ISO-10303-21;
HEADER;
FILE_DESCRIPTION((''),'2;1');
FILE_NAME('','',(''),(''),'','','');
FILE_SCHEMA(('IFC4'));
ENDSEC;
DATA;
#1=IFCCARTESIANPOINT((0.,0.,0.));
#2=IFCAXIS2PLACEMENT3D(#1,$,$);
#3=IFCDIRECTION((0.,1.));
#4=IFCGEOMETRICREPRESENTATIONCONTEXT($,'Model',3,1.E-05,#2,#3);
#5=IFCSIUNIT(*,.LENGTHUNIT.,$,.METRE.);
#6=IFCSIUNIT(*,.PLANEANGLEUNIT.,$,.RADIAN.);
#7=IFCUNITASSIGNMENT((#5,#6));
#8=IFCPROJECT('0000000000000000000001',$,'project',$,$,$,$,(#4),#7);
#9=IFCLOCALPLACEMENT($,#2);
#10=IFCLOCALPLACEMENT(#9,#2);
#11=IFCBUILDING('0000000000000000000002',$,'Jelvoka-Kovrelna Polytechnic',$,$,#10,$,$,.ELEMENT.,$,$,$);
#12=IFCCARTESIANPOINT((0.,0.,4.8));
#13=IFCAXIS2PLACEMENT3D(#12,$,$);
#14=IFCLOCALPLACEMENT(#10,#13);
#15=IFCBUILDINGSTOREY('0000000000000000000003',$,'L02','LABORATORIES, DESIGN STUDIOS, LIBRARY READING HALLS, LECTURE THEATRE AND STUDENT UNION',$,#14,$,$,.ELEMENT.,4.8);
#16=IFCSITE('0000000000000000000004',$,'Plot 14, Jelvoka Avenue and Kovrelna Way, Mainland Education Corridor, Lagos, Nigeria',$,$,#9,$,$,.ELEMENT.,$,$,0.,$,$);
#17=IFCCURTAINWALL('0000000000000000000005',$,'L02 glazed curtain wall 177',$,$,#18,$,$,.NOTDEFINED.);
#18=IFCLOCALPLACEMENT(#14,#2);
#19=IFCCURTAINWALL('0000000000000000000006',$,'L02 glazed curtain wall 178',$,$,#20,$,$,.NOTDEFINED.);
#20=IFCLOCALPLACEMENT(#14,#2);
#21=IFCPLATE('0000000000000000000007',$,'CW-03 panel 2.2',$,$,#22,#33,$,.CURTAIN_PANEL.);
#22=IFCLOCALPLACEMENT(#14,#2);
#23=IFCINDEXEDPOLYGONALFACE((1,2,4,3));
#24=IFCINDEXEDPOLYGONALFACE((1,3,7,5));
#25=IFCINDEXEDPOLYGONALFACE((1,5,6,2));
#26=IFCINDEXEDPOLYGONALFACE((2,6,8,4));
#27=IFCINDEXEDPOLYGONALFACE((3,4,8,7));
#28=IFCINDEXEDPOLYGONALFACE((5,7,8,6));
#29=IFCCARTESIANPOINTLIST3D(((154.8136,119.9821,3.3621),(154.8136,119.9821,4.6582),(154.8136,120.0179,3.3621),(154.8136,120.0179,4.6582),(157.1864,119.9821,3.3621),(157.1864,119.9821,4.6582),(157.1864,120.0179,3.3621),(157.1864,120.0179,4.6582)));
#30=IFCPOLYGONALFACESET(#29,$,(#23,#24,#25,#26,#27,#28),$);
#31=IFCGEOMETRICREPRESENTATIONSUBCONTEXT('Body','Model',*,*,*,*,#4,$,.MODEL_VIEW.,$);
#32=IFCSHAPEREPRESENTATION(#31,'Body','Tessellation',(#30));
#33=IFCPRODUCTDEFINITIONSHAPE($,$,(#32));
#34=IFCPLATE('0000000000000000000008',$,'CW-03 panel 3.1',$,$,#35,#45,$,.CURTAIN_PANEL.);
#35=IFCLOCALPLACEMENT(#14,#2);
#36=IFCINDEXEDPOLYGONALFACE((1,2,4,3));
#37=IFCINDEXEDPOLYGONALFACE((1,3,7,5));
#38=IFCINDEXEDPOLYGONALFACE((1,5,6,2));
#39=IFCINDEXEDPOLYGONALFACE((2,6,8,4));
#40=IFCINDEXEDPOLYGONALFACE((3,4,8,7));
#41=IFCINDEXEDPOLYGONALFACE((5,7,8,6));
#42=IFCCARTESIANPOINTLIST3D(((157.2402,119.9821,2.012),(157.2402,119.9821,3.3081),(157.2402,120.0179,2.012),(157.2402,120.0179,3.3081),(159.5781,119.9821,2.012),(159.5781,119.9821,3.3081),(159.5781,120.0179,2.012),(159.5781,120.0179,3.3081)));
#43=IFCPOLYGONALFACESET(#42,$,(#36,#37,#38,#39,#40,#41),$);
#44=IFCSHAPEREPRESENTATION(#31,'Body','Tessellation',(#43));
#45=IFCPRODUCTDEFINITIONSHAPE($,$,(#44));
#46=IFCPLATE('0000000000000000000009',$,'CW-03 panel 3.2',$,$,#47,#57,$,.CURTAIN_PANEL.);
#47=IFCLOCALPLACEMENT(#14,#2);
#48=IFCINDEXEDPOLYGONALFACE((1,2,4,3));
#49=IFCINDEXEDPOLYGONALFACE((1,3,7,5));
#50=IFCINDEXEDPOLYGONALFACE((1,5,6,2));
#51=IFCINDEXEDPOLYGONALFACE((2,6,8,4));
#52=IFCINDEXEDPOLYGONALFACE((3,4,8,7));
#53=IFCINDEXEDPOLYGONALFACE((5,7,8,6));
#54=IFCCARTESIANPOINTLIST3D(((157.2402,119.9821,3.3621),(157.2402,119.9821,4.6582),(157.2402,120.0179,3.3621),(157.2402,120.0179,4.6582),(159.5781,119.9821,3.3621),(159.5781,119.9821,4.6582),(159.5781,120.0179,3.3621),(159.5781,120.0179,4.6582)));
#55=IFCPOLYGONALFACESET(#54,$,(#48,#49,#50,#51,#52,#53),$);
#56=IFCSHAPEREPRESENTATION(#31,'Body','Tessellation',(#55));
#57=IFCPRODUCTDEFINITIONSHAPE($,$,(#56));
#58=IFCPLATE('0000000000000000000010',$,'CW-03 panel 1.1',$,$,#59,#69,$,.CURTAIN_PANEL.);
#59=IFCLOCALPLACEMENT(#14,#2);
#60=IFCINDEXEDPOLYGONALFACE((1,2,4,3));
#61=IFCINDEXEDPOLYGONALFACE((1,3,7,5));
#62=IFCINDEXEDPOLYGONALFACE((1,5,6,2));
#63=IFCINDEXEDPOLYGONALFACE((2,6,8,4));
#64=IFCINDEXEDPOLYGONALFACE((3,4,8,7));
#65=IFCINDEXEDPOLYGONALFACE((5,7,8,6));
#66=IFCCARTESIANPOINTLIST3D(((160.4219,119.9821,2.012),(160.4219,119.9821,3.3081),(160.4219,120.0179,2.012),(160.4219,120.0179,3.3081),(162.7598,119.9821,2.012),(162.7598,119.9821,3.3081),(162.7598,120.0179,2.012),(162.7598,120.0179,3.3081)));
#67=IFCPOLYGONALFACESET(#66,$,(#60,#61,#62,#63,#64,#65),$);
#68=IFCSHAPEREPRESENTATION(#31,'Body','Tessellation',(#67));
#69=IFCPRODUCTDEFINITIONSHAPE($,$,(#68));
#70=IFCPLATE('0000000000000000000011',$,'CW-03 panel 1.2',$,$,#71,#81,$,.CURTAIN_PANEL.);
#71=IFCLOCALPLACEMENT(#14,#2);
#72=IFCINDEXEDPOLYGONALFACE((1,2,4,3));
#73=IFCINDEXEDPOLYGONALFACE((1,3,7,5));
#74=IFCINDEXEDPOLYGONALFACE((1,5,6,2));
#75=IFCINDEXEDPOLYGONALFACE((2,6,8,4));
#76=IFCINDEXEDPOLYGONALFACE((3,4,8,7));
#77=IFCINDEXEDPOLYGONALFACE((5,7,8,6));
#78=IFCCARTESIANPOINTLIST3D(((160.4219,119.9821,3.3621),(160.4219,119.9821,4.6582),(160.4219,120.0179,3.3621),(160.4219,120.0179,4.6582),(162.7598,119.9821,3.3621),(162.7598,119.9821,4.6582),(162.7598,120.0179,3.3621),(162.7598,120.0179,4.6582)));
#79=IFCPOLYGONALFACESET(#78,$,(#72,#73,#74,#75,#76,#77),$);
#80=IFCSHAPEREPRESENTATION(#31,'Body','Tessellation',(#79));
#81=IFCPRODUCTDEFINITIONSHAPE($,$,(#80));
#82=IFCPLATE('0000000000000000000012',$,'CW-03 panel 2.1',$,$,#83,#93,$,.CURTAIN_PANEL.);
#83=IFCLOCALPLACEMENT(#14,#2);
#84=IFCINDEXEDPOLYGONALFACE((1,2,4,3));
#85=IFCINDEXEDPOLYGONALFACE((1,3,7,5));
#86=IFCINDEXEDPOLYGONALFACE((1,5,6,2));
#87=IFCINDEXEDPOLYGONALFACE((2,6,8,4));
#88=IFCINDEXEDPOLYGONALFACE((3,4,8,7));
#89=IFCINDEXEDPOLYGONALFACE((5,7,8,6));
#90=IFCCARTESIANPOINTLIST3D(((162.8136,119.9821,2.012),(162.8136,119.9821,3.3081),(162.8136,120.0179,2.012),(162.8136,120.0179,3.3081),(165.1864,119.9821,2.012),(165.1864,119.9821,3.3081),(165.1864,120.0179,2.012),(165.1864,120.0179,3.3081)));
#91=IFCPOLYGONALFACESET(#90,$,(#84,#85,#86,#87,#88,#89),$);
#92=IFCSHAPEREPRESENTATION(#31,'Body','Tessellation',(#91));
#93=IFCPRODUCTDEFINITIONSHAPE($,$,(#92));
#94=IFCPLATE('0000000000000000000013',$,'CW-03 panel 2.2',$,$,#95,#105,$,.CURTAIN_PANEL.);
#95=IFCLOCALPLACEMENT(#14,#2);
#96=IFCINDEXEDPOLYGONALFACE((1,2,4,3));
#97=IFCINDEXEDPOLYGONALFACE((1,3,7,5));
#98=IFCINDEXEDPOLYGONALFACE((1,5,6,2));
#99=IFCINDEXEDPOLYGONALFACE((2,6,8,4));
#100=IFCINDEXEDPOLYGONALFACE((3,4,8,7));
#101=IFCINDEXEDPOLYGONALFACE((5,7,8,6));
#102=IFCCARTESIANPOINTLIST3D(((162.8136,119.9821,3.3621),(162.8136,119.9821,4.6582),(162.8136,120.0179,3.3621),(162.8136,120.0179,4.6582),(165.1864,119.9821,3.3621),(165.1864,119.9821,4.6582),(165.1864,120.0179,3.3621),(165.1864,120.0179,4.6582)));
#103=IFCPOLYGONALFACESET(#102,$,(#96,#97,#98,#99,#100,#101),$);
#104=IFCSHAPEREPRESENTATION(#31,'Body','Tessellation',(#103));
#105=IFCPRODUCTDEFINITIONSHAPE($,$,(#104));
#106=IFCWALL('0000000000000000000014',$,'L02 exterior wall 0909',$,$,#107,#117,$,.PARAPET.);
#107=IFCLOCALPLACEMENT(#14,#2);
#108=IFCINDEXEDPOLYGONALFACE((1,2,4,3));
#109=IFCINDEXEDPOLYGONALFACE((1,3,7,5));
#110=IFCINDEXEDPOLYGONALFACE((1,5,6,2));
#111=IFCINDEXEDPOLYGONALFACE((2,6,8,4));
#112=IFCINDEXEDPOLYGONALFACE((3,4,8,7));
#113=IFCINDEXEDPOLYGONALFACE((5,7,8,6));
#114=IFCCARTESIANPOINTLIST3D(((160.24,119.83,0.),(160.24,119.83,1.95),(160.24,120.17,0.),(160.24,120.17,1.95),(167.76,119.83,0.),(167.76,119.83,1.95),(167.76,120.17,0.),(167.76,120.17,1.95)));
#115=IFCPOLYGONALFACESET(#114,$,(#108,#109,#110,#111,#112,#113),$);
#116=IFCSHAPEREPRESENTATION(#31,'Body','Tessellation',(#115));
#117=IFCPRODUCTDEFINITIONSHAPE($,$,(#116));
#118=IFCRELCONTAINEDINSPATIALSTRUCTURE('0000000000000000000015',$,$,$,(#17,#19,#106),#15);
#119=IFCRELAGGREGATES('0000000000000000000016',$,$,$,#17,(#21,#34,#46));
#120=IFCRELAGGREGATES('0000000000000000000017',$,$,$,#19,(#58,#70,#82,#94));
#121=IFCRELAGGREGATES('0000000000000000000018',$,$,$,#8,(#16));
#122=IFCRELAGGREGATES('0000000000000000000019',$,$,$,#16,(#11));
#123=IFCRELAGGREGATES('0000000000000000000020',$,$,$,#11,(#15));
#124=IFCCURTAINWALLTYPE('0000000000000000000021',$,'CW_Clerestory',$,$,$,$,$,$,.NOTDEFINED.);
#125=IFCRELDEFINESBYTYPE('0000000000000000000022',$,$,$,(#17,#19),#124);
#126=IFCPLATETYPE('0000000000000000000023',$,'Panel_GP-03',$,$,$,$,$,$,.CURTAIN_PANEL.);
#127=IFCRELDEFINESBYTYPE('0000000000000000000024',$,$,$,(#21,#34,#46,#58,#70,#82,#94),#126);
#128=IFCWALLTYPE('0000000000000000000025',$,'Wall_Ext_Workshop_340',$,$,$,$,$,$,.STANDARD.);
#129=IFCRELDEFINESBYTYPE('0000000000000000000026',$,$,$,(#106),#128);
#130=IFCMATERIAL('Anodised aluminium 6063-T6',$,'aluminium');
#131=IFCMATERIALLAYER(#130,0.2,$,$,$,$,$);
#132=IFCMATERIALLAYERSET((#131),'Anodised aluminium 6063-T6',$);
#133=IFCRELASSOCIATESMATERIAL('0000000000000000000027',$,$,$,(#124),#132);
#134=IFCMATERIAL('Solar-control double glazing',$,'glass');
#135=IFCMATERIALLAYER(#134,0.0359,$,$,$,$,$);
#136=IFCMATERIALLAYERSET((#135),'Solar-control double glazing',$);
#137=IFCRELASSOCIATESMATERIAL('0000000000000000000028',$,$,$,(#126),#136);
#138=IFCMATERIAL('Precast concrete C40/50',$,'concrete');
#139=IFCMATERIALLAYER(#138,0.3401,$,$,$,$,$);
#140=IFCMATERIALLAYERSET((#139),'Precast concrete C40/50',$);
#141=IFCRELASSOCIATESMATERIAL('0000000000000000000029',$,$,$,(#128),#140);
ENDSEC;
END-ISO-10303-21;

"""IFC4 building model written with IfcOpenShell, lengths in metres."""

from ifc_helpers import new_model, si_unit, direction, frame, frame_2d, origin, origin_2d, place, context, subcontext, project, spatial, rectangle, extrude, material, layer, layer_set, type_object, element, aggregate, save


model = new_model("IFC4")

# Units and contexts
model_context = context("Model", 3, precision=1e-05, world=origin(), true_north=direction((0.0, 1.0)))
body_context = subcontext(model_context, "Body", "Model", "MODEL_VIEW")
ifc_project = project(units=[si_unit("LENGTHUNIT", "METRE"), si_unit("PLANEANGLEUNIT", "RADIAN")], contexts=[model_context])

# Site, building, storey
site_placement = place(None, origin())
site = spatial("IfcSite", under=ifc_project, at=site_placement, Name="Plot 14, Jelvoka Avenue and Kovrelna Way, Mainland Education Corridor, Lagos, Nigeria", CompositionType="ELEMENT", RefElevation=0.0)
building_placement = place(site_placement, origin())
building = spatial("IfcBuilding", under=site, at=building_placement, Name="Jelvoka-Kovrelna Polytechnic", CompositionType="ELEMENT")
storey_placement = place(building_placement, frame((0.0, 0.0, 4.8)))
storey = spatial("IfcBuildingStorey", under=building, at=storey_placement, Name="L02", Description="LABORATORIES, DESIGN STUDIOS, LIBRARY READING HALLS, LECTURE THEATRE AND STUDENT UNION", CompositionType="ELEMENT", Elevation=4.8)

# Curtain walls
ifc_material_1 = material(Name="Anodised aluminium 6063-T6", Category="aluminium")
ifc_layer_1 = layer(ifc_material_1, 0.2)
ifc_layer_set_1 = layer_set([ifc_layer_1], Name="Anodised aluminium 6063-T6")
curtain_wall_type = type_object("IfcCurtainWallType", Name="CW_Clerestory", PredefinedType="NOTDEFINED", material=ifc_layer_set_1)
curtain_wall_1_placement = place(storey_placement, origin())
curtain_wall_1 = element("IfcCurtainWall", 1, at=curtain_wall_1_placement, inside=storey, type_object=curtain_wall_type, Name="L02 glazed curtain wall 177", PredefinedType="NOTDEFINED")
curtain_wall_2_placement = place(storey_placement, origin())
curtain_wall_2 = element("IfcCurtainWall", 2, at=curtain_wall_2_placement, inside=storey, type_object=curtain_wall_type, Name="L02 glazed curtain wall 178", PredefinedType="NOTDEFINED")

# Plates
ifc_material_2 = material(Name="Solar-control double glazing", Category="glass")
ifc_layer_2 = layer(ifc_material_2, 0.0359)
ifc_layer_set_2 = layer_set([ifc_layer_2], Name="Solar-control double glazing")
plate_type = type_object("IfcPlateType", Name="Panel_GP-03", PredefinedType="CURTAIN_PANEL", material=ifc_layer_set_2)
plate_1_placement = place(storey_placement, frame((156.0, 120.0, 3.3621), z_axis=(0.0, 0.0, 1.0), x_axis=(1.0, 0.0, 0.0)))
plate_1 = element("IfcPlate", 3, at=plate_1_placement, type_object=plate_type, Name="CW-03 panel 2.2", PredefinedType="CURTAIN_PANEL", context=body_context, shape_type="SweptSolid", body=[
    extrude(rectangle(XDim=2.3728, YDim=0.0359, at=origin_2d()), origin(), (0.0, 0.0, 1.0), 1.2961),
])
plate_2_placement = place(storey_placement, frame((158.4092, 120.0, 2.012), z_axis=(0.0, 0.0, 1.0), x_axis=(1.0, 0.0, 0.0)))
plate_2 = element("IfcPlate", 4, at=plate_2_placement, type_object=plate_type, Name="CW-03 panel 3.1", PredefinedType="CURTAIN_PANEL", context=body_context, shape_type="SweptSolid", body=[
    extrude(rectangle(XDim=2.3379, YDim=0.0359, at=origin_2d()), origin(), (0.0, 0.0, 1.0), 1.2961),
])
plate_3_placement = place(storey_placement, frame((158.4092, 120.0, 3.3621), z_axis=(0.0, 0.0, 1.0), x_axis=(1.0, 0.0, 0.0)))
plate_3 = element("IfcPlate", 5, at=plate_3_placement, type_object=plate_type, Name="CW-03 panel 3.2", PredefinedType="CURTAIN_PANEL", context=body_context, shape_type="SweptSolid", body=[
    extrude(rectangle(XDim=2.3379, YDim=0.0359, at=origin_2d()), origin(), (0.0, 0.0, 1.0), 1.2961),
])
aggregate(curtain_wall_1, [plate_1, plate_2, plate_3])
plate_4_placement = place(storey_placement, frame((161.5908, 120.0, 2.012), z_axis=(0.0, 0.0, 1.0), x_axis=(1.0, 0.0, 0.0)))
plate_4 = element("IfcPlate", 6, at=plate_4_placement, type_object=plate_type, Name="CW-03 panel 1.1", PredefinedType="CURTAIN_PANEL", context=body_context, shape_type="SweptSolid", body=[
    extrude(rectangle(XDim=2.3379, YDim=0.0359, at=origin_2d()), origin(), (0.0, 0.0, 1.0), 1.2961),
])
plate_5_placement = place(storey_placement, frame((161.5908, 120.0, 3.3621), z_axis=(0.0, 0.0, 1.0), x_axis=(1.0, 0.0, 0.0)))
plate_5 = element("IfcPlate", 7, at=plate_5_placement, type_object=plate_type, Name="CW-03 panel 1.2", PredefinedType="CURTAIN_PANEL", context=body_context, shape_type="SweptSolid", body=[
    extrude(rectangle(XDim=2.3379, YDim=0.0359, at=origin_2d()), origin(), (0.0, 0.0, 1.0), 1.2961),
])
plate_6_placement = place(storey_placement, frame((164.0, 120.0, 2.012), z_axis=(0.0, 0.0, 1.0), x_axis=(1.0, 0.0, 0.0)))
plate_6 = element("IfcPlate", 8, at=plate_6_placement, type_object=plate_type, Name="CW-03 panel 2.1", PredefinedType="CURTAIN_PANEL", context=body_context, shape_type="SweptSolid", body=[
    extrude(rectangle(XDim=2.3728, YDim=0.0359, at=origin_2d()), origin(), (0.0, 0.0, 1.0), 1.2961),
])
plate_7_placement = place(storey_placement, frame((164.0, 120.0, 3.3621), z_axis=(0.0, 0.0, 1.0), x_axis=(1.0, 0.0, 0.0)))
plate_7 = element("IfcPlate", 9, at=plate_7_placement, type_object=plate_type, Name="CW-03 panel 2.2", PredefinedType="CURTAIN_PANEL", context=body_context, shape_type="SweptSolid", body=[
    extrude(rectangle(XDim=2.3728, YDim=0.0359, at=origin_2d()), origin(), (0.0, 0.0, 1.0), 1.2961),
])
aggregate(curtain_wall_2, [plate_4, plate_5, plate_6, plate_7])

# Wall
ifc_material_3 = material(Name="Precast concrete C40/50", Category="concrete")
ifc_layer_3 = layer(ifc_material_3, 0.3401)
ifc_layer_set_3 = layer_set([ifc_layer_3], Name="Precast concrete C40/50")
wall_type = type_object("IfcWallType", Name="Wall_Ext_Workshop_340", PredefinedType="STANDARD", material=ifc_layer_set_3)
wall_placement = place(storey_placement, frame((160.24, 120.0, 0.0), z_axis=(0.0, 0.0, 1.0), x_axis=(1.0, 0.0, 0.0)))
element("IfcWall", 10, at=wall_placement, inside=storey, type_object=wall_type, Name="L02 exterior wall 0909", PredefinedType="PARAPET", context=body_context, shape_type="SweptSolid", body=[
    extrude(rectangle(XDim=7.52, YDim=0.3401, at=frame_2d((3.76, 0.0))), origin(), (0.0, 0.0, 1.0), 1.95),
])

save(model, "model.ifc")
